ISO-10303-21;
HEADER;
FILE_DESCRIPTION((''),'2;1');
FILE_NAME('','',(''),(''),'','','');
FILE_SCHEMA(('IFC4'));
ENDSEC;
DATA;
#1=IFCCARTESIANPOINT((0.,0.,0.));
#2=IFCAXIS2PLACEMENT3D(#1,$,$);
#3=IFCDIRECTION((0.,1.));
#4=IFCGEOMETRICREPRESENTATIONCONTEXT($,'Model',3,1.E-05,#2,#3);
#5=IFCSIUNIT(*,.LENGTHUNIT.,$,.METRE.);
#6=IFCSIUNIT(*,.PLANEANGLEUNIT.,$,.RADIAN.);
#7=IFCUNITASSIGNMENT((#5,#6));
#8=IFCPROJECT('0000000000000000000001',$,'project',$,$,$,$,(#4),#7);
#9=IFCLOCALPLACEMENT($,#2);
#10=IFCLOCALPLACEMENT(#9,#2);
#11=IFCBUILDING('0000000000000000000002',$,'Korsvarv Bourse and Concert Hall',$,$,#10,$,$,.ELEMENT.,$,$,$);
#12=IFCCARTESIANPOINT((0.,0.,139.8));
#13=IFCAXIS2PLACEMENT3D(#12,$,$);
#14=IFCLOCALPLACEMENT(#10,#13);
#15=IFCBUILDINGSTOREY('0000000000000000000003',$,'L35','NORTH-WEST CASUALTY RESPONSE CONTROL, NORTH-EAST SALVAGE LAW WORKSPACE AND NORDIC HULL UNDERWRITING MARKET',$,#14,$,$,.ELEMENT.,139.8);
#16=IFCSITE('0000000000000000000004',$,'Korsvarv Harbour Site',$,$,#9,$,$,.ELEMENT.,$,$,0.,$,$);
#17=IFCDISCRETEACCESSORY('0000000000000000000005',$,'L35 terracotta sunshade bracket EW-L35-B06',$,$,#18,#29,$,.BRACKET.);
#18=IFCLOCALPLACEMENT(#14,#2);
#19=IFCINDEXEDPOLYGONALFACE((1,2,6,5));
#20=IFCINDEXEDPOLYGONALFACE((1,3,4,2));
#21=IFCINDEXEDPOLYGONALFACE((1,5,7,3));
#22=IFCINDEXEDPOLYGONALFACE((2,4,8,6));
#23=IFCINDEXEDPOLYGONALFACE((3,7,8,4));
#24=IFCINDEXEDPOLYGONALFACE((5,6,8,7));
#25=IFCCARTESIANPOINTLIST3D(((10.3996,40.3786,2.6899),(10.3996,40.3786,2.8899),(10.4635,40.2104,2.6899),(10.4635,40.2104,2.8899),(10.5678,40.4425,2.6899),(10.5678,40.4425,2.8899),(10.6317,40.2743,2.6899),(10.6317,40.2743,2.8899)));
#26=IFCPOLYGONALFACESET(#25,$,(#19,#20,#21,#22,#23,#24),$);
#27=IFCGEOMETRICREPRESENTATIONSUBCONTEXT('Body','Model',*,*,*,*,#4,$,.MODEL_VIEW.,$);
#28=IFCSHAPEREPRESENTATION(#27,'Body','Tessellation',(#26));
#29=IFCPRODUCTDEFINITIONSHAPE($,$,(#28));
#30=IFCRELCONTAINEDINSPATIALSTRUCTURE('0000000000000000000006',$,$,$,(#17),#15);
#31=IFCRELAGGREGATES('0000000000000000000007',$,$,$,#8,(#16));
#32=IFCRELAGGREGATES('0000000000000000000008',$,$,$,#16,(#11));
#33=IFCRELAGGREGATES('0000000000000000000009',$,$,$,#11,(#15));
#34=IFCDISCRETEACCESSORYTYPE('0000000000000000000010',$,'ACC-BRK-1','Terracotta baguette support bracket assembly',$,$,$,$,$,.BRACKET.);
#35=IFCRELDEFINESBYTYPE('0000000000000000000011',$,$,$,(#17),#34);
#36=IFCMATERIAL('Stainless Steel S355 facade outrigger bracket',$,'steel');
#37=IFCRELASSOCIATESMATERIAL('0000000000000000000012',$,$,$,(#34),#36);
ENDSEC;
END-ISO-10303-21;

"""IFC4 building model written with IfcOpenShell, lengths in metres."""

from ifc_helpers import new_model, si_unit, direction, frame, origin, origin_2d, place, context, subcontext, project, spatial, rectangle, extrude, source, transform, mapped, material, type_object, element, save


model = new_model("IFC4")

# Units and contexts
model_context = context("Model", 3, precision=1e-05, world=origin(), true_north=direction((0.0, 1.0)))
body_context = subcontext(model_context, "Body", "Model", "MODEL_VIEW")
ifc_project = project(units=[si_unit("LENGTHUNIT", "METRE"), si_unit("PLANEANGLEUNIT", "RADIAN")], contexts=[model_context])

# Site, building, storey
site_placement = place(None, origin())
site = spatial("IfcSite", under=ifc_project, at=site_placement, Name="Korsvarv Harbour Site", CompositionType="ELEMENT", RefElevation=0.0)
building_placement = place(site_placement, origin())
building = spatial("IfcBuilding", under=site, at=building_placement, Name="Korsvarv Bourse and Concert Hall", CompositionType="ELEMENT")
storey_placement = place(building_placement, frame((0.0, 0.0, 139.8)))
storey = spatial("IfcBuildingStorey", under=building, at=storey_placement, Name="L35", Description="NORTH-WEST CASUALTY RESPONSE CONTROL, NORTH-EAST SALVAGE LAW WORKSPACE AND NORDIC HULL UNDERWRITING MARKET", CompositionType="ELEMENT", Elevation=139.8)

# Discrete accessory
ifc_material_1 = material(Name="Stainless Steel S355 facade outrigger bracket", Category="steel")
discrete_accessory_type = type_object("IfcDiscreteAccessoryType", Name="ACC-BRK-1", Description="Terracotta baguette support bracket assembly", PredefinedType="BRACKET", material=ifc_material_1)
shared_shape_1 = source(origin(), body_context, "Body", "SweptSolid", [
    extrude(rectangle(XDim=0.1799, YDim=0.1799, at=origin_2d()), origin(), (0.0, 0.0, 1.0), 0.2),
])
discrete_accessory_placement = place(storey_placement, frame((10.5156, 40.3264, 2.6899), z_axis=(0.0, 0.0, 1.0), x_axis=(0.35527, -0.934764, 0.0)))
element("IfcDiscreteAccessory", 1, at=discrete_accessory_placement, inside=storey, type_object=discrete_accessory_type, Name="L35 terracotta sunshade bracket EW-L35-B06", PredefinedType="BRACKET", context=body_context, shape_type="MappedRepresentation", body=[
    mapped(shared_shape_1, transform((0.0, 0.0, 0.0), scale=1.0)),
])

save(model, "model.ifc")
